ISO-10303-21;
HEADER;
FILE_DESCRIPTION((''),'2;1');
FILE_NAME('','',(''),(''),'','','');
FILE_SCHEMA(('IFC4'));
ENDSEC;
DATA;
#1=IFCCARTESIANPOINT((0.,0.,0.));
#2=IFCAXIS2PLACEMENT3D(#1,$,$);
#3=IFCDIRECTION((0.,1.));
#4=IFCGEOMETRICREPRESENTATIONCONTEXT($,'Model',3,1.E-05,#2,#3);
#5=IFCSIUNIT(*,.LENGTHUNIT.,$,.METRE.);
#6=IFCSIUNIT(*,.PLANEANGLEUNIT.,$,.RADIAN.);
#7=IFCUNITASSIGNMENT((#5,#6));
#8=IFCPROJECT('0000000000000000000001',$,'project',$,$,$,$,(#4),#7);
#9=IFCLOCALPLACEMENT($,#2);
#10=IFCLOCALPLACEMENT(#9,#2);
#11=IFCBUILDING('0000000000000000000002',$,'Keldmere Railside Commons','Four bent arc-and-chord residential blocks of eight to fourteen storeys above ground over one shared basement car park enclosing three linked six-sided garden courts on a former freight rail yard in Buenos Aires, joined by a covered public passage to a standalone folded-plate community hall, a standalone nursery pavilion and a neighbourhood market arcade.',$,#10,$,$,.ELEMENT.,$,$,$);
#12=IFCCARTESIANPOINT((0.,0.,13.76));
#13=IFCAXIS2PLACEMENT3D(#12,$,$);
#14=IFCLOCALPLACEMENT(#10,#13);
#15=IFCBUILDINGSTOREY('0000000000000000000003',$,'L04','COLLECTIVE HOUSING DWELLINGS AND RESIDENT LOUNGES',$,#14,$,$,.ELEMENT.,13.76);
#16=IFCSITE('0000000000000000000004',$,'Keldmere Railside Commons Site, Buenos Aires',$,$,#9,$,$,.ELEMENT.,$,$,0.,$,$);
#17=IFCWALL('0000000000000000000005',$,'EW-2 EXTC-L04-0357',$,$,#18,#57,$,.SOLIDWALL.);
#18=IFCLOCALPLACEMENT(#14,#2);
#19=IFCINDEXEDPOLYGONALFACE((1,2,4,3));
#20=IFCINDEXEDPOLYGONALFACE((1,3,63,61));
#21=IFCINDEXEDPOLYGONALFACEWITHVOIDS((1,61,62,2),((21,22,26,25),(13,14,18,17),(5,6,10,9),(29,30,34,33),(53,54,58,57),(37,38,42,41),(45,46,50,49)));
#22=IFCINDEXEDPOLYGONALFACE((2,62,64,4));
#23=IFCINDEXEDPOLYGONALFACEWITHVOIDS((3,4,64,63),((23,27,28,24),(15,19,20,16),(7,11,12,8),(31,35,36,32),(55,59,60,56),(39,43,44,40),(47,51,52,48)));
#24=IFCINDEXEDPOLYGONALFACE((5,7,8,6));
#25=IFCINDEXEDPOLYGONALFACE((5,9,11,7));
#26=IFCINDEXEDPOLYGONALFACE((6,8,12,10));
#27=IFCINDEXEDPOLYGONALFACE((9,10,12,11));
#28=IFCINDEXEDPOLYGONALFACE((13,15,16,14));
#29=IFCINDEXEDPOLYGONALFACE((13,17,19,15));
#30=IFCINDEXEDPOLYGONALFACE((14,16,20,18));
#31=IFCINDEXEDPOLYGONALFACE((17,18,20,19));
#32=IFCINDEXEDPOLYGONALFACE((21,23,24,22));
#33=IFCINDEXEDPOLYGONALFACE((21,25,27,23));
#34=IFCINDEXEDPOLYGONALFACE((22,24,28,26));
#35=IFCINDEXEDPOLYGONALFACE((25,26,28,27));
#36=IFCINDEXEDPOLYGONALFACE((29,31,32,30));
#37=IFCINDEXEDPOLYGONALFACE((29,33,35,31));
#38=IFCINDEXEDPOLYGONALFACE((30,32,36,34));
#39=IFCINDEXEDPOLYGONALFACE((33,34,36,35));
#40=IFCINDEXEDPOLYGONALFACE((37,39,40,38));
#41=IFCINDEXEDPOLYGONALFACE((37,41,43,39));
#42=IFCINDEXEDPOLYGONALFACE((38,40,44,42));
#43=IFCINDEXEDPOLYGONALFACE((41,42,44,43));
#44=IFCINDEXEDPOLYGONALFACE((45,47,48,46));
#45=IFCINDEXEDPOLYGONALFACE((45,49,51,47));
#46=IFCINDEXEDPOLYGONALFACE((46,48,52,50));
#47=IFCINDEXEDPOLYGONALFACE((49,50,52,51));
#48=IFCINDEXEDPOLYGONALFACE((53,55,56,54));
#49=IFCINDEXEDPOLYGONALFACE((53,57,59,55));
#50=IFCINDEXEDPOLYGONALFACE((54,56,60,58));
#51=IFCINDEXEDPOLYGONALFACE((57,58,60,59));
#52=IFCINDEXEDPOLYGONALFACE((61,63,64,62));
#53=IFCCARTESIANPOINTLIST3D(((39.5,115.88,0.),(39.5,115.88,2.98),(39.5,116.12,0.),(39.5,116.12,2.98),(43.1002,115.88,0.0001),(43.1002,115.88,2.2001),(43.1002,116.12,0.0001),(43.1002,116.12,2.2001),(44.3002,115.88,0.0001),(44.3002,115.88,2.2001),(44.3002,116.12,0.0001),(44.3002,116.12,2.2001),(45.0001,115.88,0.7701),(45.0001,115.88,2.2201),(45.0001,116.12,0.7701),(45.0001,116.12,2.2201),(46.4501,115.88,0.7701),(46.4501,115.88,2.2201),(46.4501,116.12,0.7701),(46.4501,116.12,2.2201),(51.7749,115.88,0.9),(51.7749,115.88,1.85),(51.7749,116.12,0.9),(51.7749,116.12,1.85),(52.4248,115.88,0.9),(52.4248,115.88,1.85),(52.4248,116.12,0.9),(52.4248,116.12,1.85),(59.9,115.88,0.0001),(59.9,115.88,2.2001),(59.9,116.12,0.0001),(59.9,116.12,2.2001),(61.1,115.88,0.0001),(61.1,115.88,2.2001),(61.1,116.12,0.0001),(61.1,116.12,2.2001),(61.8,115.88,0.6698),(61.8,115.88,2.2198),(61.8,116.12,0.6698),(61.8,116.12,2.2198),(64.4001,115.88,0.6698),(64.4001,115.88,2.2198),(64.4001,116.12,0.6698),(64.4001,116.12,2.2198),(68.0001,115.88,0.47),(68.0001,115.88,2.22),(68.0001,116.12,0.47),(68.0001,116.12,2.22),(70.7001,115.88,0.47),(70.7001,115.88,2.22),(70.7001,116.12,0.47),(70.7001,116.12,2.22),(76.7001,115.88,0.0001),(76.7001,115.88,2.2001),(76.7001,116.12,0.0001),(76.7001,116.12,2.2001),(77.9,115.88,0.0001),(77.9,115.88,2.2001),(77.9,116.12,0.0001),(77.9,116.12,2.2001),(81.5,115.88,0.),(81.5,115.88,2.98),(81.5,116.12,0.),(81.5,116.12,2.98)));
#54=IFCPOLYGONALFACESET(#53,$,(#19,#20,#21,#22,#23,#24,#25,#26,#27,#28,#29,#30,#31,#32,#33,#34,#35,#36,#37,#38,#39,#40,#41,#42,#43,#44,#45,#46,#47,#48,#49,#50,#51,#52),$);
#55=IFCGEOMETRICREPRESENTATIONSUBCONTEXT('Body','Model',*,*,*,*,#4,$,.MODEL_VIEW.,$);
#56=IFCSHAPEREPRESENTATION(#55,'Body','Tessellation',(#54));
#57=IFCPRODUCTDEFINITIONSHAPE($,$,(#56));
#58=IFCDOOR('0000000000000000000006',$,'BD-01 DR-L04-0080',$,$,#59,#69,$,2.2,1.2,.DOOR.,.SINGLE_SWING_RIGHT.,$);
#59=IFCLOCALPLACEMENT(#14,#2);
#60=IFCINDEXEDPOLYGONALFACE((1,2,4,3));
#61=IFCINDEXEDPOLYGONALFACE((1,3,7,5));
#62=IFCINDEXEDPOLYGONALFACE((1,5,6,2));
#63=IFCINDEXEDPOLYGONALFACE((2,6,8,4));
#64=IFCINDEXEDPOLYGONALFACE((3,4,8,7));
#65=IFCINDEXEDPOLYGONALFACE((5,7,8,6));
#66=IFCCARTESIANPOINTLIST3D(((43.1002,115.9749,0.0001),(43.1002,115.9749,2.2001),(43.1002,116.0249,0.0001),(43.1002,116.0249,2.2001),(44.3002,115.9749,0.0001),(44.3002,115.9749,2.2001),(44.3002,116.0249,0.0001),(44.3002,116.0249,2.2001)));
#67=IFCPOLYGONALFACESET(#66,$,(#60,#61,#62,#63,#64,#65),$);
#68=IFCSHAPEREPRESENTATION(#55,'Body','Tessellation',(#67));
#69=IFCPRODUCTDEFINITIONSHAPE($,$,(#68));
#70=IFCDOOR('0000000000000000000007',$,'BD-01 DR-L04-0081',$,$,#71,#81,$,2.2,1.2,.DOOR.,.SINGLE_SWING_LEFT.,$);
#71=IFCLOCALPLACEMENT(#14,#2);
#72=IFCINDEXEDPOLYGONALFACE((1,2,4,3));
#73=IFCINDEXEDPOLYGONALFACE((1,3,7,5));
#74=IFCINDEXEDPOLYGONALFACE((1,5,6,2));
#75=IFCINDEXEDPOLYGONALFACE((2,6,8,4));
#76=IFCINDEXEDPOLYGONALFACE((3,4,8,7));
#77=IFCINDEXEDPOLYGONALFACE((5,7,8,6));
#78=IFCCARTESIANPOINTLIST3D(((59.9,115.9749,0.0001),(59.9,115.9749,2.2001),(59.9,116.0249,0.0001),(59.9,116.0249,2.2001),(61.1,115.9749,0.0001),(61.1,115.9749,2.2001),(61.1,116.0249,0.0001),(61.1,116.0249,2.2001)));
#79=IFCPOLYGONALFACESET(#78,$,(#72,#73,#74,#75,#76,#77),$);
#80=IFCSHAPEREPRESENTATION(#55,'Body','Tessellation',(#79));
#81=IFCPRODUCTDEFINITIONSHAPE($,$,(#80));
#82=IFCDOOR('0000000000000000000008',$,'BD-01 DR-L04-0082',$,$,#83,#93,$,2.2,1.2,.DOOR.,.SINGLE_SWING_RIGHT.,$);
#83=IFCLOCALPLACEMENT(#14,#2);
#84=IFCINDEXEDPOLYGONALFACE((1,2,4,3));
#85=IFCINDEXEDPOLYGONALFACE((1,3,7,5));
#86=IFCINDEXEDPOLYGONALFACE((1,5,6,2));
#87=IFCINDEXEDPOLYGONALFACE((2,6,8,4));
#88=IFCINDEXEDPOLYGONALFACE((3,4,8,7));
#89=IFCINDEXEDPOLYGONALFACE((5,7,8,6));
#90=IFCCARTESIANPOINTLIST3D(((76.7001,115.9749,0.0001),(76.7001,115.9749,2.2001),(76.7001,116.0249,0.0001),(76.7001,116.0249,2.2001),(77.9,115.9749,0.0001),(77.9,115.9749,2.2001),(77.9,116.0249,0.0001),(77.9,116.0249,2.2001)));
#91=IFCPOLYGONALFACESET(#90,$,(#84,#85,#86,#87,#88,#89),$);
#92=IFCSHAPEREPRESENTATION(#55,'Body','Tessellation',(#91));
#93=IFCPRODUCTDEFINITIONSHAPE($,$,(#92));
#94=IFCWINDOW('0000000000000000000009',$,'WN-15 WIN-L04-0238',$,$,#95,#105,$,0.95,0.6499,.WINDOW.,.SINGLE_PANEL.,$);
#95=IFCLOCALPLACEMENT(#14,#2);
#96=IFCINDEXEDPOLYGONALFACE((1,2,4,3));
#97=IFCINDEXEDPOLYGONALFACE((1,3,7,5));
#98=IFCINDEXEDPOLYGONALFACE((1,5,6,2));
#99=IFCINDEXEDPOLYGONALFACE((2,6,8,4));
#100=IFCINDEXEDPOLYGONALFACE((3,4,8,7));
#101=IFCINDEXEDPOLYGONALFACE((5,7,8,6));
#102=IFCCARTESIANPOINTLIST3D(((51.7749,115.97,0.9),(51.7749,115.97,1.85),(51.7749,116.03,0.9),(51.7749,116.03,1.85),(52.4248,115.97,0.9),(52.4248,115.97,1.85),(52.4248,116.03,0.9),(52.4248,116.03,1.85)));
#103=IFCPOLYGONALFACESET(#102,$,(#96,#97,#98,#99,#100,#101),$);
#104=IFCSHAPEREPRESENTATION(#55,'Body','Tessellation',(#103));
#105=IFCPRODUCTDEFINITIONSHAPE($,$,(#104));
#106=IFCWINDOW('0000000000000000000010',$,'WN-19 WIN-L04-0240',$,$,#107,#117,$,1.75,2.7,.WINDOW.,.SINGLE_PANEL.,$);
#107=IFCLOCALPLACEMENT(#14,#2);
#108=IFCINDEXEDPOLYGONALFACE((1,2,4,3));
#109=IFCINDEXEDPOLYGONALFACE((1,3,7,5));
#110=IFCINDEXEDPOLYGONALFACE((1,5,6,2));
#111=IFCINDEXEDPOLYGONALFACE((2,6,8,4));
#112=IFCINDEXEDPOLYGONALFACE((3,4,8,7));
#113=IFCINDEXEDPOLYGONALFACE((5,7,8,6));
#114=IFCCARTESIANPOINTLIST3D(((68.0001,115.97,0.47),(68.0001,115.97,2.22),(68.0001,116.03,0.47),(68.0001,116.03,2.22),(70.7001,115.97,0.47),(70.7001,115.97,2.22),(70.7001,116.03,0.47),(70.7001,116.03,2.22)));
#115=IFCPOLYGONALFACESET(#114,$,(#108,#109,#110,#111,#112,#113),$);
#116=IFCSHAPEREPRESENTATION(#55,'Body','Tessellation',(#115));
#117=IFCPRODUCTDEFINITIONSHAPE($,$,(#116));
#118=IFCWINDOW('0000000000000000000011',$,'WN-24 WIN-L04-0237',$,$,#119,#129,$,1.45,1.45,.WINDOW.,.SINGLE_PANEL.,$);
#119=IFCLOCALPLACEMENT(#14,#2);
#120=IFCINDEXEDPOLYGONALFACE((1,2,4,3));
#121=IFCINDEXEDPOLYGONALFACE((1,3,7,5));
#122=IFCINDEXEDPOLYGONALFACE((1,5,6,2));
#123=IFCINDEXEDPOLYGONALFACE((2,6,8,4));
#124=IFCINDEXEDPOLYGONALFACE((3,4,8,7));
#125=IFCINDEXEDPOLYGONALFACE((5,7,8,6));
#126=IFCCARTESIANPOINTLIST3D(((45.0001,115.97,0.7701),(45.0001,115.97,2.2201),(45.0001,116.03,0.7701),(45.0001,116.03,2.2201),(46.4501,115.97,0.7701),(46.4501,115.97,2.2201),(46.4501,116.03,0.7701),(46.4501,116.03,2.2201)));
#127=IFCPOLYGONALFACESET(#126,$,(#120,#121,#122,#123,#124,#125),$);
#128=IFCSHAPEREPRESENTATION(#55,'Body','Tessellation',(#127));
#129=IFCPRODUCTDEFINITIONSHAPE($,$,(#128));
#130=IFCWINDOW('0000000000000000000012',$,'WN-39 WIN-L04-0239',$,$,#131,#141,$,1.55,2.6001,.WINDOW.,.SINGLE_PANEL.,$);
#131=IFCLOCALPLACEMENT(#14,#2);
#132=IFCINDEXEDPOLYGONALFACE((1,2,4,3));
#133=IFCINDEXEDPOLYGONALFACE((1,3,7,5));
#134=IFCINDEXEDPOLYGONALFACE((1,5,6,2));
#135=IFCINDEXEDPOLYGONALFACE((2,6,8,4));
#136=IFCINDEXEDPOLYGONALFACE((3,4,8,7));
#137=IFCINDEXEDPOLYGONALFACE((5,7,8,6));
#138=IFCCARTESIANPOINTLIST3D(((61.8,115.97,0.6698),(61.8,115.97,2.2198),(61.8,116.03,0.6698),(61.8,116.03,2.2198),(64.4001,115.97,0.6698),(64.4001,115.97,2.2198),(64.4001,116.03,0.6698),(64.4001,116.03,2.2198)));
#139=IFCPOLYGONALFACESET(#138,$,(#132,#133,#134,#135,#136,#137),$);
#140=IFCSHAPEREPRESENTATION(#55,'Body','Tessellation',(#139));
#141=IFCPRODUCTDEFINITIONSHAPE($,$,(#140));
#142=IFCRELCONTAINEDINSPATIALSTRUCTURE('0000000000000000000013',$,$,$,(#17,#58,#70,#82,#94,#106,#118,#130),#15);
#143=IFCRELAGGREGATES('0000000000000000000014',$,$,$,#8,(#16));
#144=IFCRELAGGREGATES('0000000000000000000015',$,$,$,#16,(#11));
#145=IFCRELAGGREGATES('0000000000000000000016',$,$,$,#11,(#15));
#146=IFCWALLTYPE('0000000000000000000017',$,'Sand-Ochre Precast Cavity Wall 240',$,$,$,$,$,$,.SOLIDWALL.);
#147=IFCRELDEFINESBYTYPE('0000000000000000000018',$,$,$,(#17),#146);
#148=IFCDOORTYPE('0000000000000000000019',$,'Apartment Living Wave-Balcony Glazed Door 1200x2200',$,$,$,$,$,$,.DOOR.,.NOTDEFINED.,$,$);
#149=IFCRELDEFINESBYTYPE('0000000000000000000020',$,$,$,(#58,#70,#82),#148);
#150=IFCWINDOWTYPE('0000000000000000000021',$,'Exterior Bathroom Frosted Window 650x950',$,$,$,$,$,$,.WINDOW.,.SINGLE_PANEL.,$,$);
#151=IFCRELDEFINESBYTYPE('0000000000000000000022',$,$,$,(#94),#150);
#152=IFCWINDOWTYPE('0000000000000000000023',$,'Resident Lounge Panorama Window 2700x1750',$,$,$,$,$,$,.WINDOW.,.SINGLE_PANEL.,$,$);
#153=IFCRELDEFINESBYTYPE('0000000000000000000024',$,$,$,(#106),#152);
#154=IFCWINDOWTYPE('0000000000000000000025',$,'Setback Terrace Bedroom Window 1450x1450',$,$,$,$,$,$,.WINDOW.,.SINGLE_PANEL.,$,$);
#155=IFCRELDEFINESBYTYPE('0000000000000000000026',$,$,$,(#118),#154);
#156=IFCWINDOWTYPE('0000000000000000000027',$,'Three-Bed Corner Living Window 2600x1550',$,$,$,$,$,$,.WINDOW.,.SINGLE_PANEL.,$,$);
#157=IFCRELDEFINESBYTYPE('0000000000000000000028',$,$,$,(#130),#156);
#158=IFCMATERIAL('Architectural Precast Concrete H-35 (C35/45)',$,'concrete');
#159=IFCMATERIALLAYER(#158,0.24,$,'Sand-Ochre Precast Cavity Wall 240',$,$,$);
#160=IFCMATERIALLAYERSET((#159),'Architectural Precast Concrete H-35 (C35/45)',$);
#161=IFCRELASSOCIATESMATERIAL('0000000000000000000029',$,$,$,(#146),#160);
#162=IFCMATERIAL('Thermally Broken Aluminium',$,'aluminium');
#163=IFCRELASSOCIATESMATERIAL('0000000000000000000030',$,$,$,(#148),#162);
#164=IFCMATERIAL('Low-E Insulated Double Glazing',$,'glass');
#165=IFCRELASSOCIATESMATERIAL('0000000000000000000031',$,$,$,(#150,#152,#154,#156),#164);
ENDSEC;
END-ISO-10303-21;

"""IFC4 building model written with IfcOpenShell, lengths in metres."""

from ifc_helpers import new_model, si_unit, direction, frame, frame_2d, origin, place, context, subcontext, project, spatial, rectangle, extrude, material, layer, layer_set, type_object, element, fill, save


model = new_model("IFC4")

# Units and contexts
model_context = context("Model", 3, precision=1e-05, world=origin(), true_north=direction((0.0, 1.0)))
body_context = subcontext(model_context, "Body", "Model", "MODEL_VIEW")
ifc_project = project(units=[si_unit("LENGTHUNIT", "METRE"), si_unit("PLANEANGLEUNIT", "RADIAN")], contexts=[model_context])

# Site, building, storey
site_placement = place(None, origin())
site = spatial("IfcSite", under=ifc_project, at=site_placement, Name="Keldmere Railside Commons Site, Buenos Aires", CompositionType="ELEMENT", RefElevation=0.0)
building_placement = place(site_placement, origin())
building = spatial("IfcBuilding", under=site, at=building_placement, Name="Keldmere Railside Commons", Description="Four bent arc-and-chord residential blocks of eight to fourteen storeys above ground over one shared basement car park enclosing three linked six-sided garden courts on a former freight rail yard in Buenos Aires, joined by a covered public passage to a standalone folded-plate community hall, a standalone nursery pavilion and a neighbourhood market arcade.", CompositionType="ELEMENT")
storey_placement = place(building_placement, frame((0.0, 0.0, 13.76)))
storey = spatial("IfcBuildingStorey", under=building, at=storey_placement, Name="L04", Description="COLLECTIVE HOUSING DWELLINGS AND RESIDENT LOUNGES", CompositionType="ELEMENT", Elevation=13.76)

# Shared definitions
ifc_material_1 = material(Name="Architectural Precast Concrete H-35 (C35/45)", Category="concrete")

# Wall, openings, doors, windows
ifc_layer_1 = layer(ifc_material_1, 0.24, Name="Sand-Ochre Precast Cavity Wall 240")
ifc_layer_set_1 = layer_set([ifc_layer_1], Name="Architectural Precast Concrete H-35 (C35/45)")
wall_type_1 = type_object("IfcWallType", Name="Sand-Ochre Precast Cavity Wall 240", PredefinedType="SOLIDWALL", material=ifc_layer_set_1)
wall_1_placement = place(storey_placement, frame((39.5, 116.0, 0.0), z_axis=(0.0, 0.0, 1.0), x_axis=(1.0, 0.0, 0.0)))
wall_1 = element("IfcWall", 1, at=wall_1_placement, inside=storey, type_object=wall_type_1, Name="EW-2 EXTC-L04-0357", PredefinedType="SOLIDWALL", context=body_context, shape_type="SweptSolid", body=[
    extrude(rectangle(XDim=42.0, YDim=0.24, at=frame_2d((21.0, 0.0))), origin(), (0.0, 0.0, 1.0), 2.98),
])
opening_1_placement = place(wall_1_placement, frame((3.6001, 0.0, 0.0)))
opening_1 = element("IfcOpeningElement", 2, at=opening_1_placement, cuts=wall_1, PredefinedType="OPENING", context=body_context, shape_type="SweptSolid", body=[
    extrude(rectangle(XDim=1.2, YDim=2.2, at=frame_2d((0.6001, 1.1001))), frame((0.0, 0.1299, 0.0), z_axis=(0.0, -1.0, 0.0), x_axis=(1.0, 0.0, 0.0)), (0.0, 0.0, 1.0), 0.26),
])
opening_2_placement = place(wall_1_placement, frame((5.5, 0.0, 0.77)))
opening_2 = element("IfcOpeningElement", 3, at=opening_2_placement, cuts=wall_1, PredefinedType="OPENING", context=body_context, shape_type="SweptSolid", body=[
    extrude(rectangle(XDim=1.45, YDim=1.45, at=frame_2d((0.7251, 0.7251))), frame((0.0, 0.1299, 0.0), z_axis=(0.0, -1.0, 0.0), x_axis=(1.0, 0.0, 0.0)), (0.0, 0.0, 1.0), 0.26),
])
opening_3_placement = place(wall_1_placement, frame((12.2749, 0.0, 0.8999)))
opening_3 = element("IfcOpeningElement", 4, at=opening_3_placement, cuts=wall_1, PredefinedType="OPENING", context=body_context, shape_type="SweptSolid", body=[
    extrude(rectangle(XDim=0.6499, YDim=0.95, at=frame_2d((0.325, 0.4751))), frame((0.0, 0.1299, 0.0), z_axis=(0.0, -1.0, 0.0), x_axis=(1.0, 0.0, 0.0)), (0.0, 0.0, 1.0), 0.26),
])
opening_4_placement = place(wall_1_placement, frame((20.3999, 0.0, 0.0)))
opening_4 = element("IfcOpeningElement", 5, at=opening_4_placement, cuts=wall_1, PredefinedType="OPENING", context=body_context, shape_type="SweptSolid", body=[
    extrude(rectangle(XDim=1.2, YDim=2.2, at=frame_2d((0.6001, 1.1001))), frame((0.0, 0.1299, 0.0), z_axis=(0.0, -1.0, 0.0), x_axis=(1.0, 0.0, 0.0)), (0.0, 0.0, 1.0), 0.26),
])
opening_5_placement = place(wall_1_placement, frame((22.3, 0.0, 0.6699)))
opening_5 = element("IfcOpeningElement", 6, at=opening_5_placement, cuts=wall_1, PredefinedType="OPENING", context=body_context, shape_type="SweptSolid", body=[
    extrude(rectangle(XDim=2.6001, YDim=1.55, at=frame_2d((1.3, 0.7749))), frame((0.0, 0.1299, 0.0), z_axis=(0.0, -1.0, 0.0), x_axis=(1.0, 0.0, 0.0)), (0.0, 0.0, 1.0), 0.26),
])
opening_6_placement = place(wall_1_placement, frame((28.5, 0.0, 0.47)))
opening_6 = element("IfcOpeningElement", 7, at=opening_6_placement, cuts=wall_1, PredefinedType="OPENING", context=body_context, shape_type="SweptSolid", body=[
    extrude(rectangle(XDim=2.7, YDim=1.75, at=frame_2d((1.3501, 0.875))), frame((0.0, 0.1299, 0.0), z_axis=(0.0, -1.0, 0.0), x_axis=(1.0, 0.0, 0.0)), (0.0, 0.0, 1.0), 0.26),
])
opening_7_placement = place(wall_1_placement, frame((37.2, 0.0, 0.0)))
opening_7 = element("IfcOpeningElement", 8, at=opening_7_placement, cuts=wall_1, PredefinedType="OPENING", context=body_context, shape_type="SweptSolid", body=[
    extrude(rectangle(XDim=1.2, YDim=2.2, at=frame_2d((0.6001, 1.1001))), frame((0.0, 0.1299, 0.0), z_axis=(0.0, -1.0, 0.0), x_axis=(1.0, 0.0, 0.0)), (0.0, 0.0, 1.0), 0.26),
])
ifc_material_2 = material(Name="Thermally Broken Aluminium", Category="aluminium")
door_type_1 = type_object("IfcDoorType", Name="Apartment Living Wave-Balcony Glazed Door 1200x2200", OperationType="NOTDEFINED", PredefinedType="DOOR", material=ifc_material_2)
door_1_placement = place(opening_1_placement, origin())
door_1 = element("IfcDoor", 9, at=door_1_placement, inside=storey, type_object=door_type_1, Name="BD-01 DR-L04-0080", OperationType="SINGLE_SWING_RIGHT", OverallHeight=2.2, OverallWidth=1.2, PredefinedType="DOOR", context=body_context, shape_type="SweptSolid", body=[
    extrude(rectangle(XDim=1.2, YDim=2.2, at=frame_2d((0.6001, 1.1001))), frame((0.0, 0.0249, 0.0), z_axis=(0.0, -1.0, 0.0), x_axis=(1.0, 0.0, 0.0)), (0.0, 0.0, 1.0), 0.05),
])
fill(opening_1, door_1)
door_2_placement = place(opening_4_placement, origin())
door_2 = element("IfcDoor", 10, at=door_2_placement, inside=storey, type_object=door_type_1, Name="BD-01 DR-L04-0081", OperationType="SINGLE_SWING_LEFT", OverallHeight=2.2, OverallWidth=1.2, PredefinedType="DOOR", context=body_context, shape_type="SweptSolid", body=[
    extrude(rectangle(XDim=1.2, YDim=2.2, at=frame_2d((0.6001, 1.1001))), frame((0.0, 0.0249, 0.0), z_axis=(0.0, -1.0, 0.0), x_axis=(1.0, 0.0, 0.0)), (0.0, 0.0, 1.0), 0.05),
])
fill(opening_4, door_2)
door_3_placement = place(opening_7_placement, origin())
door_3 = element("IfcDoor", 11, at=door_3_placement, inside=storey, type_object=door_type_1, Name="BD-01 DR-L04-0082", OperationType="SINGLE_SWING_RIGHT", OverallHeight=2.2, OverallWidth=1.2, PredefinedType="DOOR", context=body_context, shape_type="SweptSolid", body=[
    extrude(rectangle(XDim=1.2, YDim=2.2, at=frame_2d((0.6001, 1.1001))), frame((0.0, 0.0249, 0.0), z_axis=(0.0, -1.0, 0.0), x_axis=(1.0, 0.0, 0.0)), (0.0, 0.0, 1.0), 0.05),
])
fill(opening_7, door_3)
ifc_material_3 = material(Name="Low-E Insulated Double Glazing", Category="glass")
window_type_1 = type_object("IfcWindowType", Name="Exterior Bathroom Frosted Window 650x950", PartitioningType="SINGLE_PANEL", PredefinedType="WINDOW", material=ifc_material_3)
window_1_placement = place(opening_3_placement, origin())
window_1 = element("IfcWindow", 12, at=window_1_placement, inside=storey, type_object=window_type_1, Name="WN-15 WIN-L04-0238", OverallHeight=0.95, OverallWidth=0.6499, PartitioningType="SINGLE_PANEL", PredefinedType="WINDOW", context=body_context, shape_type="SweptSolid", body=[
    extrude(rectangle(XDim=0.6499, YDim=0.95, at=frame_2d((0.325, 0.4751))), frame((0.0, 0.03, 0.0), z_axis=(0.0, -1.0, 0.0), x_axis=(1.0, 0.0, 0.0)), (0.0, 0.0, 1.0), 0.0601),
])
fill(opening_3, window_1)
window_type_2 = type_object("IfcWindowType", Name="Resident Lounge Panorama Window 2700x1750", PartitioningType="SINGLE_PANEL", PredefinedType="WINDOW", material=ifc_material_3)
window_2_placement = place(opening_6_placement, origin())
window_2 = element("IfcWindow", 13, at=window_2_placement, inside=storey, type_object=window_type_2, Name="WN-19 WIN-L04-0240", OverallHeight=1.75, OverallWidth=2.7, PartitioningType="SINGLE_PANEL", PredefinedType="WINDOW", context=body_context, shape_type="SweptSolid", body=[
    extrude(rectangle(XDim=2.7, YDim=1.75, at=frame_2d((1.3501, 0.875))), frame((0.0, 0.03, 0.0), z_axis=(0.0, -1.0, 0.0), x_axis=(1.0, 0.0, 0.0)), (0.0, 0.0, 1.0), 0.0601),
])
fill(opening_6, window_2)
window_type_3 = type_object("IfcWindowType", Name="Setback Terrace Bedroom Window 1450x1450", PartitioningType="SINGLE_PANEL", PredefinedType="WINDOW", material=ifc_material_3)
window_3_placement = place(opening_2_placement, origin())
window_3 = element("IfcWindow", 14, at=window_3_placement, inside=storey, type_object=window_type_3, Name="WN-24 WIN-L04-0237", OverallHeight=1.45, OverallWidth=1.45, PartitioningType="SINGLE_PANEL", PredefinedType="WINDOW", context=body_context, shape_type="SweptSolid", body=[
    extrude(rectangle(XDim=1.45, YDim=1.45, at=frame_2d((0.7251, 0.7251))), frame((0.0, 0.03, 0.0), z_axis=(0.0, -1.0, 0.0), x_axis=(1.0, 0.0, 0.0)), (0.0, 0.0, 1.0), 0.0601),
])
fill(opening_2, window_3)
window_type_4 = type_object("IfcWindowType", Name="Three-Bed Corner Living Window 2600x1550", PartitioningType="SINGLE_PANEL", PredefinedType="WINDOW", material=ifc_material_3)
window_4_placement = place(opening_5_placement, origin())
window_4 = element("IfcWindow", 15, at=window_4_placement, inside=storey, type_object=window_type_4, Name="WN-39 WIN-L04-0239", OverallHeight=1.55, OverallWidth=2.6001, PartitioningType="SINGLE_PANEL", PredefinedType="WINDOW", context=body_context, shape_type="SweptSolid", body=[
    extrude(rectangle(XDim=2.6001, YDim=1.55, at=frame_2d((1.3, 0.7749))), frame((0.0, 0.03, 0.0), z_axis=(0.0, -1.0, 0.0), x_axis=(1.0, 0.0, 0.0)), (0.0, 0.0, 1.0), 0.0601),
])
fill(opening_5, window_4)

save(model, "model.ifc")
